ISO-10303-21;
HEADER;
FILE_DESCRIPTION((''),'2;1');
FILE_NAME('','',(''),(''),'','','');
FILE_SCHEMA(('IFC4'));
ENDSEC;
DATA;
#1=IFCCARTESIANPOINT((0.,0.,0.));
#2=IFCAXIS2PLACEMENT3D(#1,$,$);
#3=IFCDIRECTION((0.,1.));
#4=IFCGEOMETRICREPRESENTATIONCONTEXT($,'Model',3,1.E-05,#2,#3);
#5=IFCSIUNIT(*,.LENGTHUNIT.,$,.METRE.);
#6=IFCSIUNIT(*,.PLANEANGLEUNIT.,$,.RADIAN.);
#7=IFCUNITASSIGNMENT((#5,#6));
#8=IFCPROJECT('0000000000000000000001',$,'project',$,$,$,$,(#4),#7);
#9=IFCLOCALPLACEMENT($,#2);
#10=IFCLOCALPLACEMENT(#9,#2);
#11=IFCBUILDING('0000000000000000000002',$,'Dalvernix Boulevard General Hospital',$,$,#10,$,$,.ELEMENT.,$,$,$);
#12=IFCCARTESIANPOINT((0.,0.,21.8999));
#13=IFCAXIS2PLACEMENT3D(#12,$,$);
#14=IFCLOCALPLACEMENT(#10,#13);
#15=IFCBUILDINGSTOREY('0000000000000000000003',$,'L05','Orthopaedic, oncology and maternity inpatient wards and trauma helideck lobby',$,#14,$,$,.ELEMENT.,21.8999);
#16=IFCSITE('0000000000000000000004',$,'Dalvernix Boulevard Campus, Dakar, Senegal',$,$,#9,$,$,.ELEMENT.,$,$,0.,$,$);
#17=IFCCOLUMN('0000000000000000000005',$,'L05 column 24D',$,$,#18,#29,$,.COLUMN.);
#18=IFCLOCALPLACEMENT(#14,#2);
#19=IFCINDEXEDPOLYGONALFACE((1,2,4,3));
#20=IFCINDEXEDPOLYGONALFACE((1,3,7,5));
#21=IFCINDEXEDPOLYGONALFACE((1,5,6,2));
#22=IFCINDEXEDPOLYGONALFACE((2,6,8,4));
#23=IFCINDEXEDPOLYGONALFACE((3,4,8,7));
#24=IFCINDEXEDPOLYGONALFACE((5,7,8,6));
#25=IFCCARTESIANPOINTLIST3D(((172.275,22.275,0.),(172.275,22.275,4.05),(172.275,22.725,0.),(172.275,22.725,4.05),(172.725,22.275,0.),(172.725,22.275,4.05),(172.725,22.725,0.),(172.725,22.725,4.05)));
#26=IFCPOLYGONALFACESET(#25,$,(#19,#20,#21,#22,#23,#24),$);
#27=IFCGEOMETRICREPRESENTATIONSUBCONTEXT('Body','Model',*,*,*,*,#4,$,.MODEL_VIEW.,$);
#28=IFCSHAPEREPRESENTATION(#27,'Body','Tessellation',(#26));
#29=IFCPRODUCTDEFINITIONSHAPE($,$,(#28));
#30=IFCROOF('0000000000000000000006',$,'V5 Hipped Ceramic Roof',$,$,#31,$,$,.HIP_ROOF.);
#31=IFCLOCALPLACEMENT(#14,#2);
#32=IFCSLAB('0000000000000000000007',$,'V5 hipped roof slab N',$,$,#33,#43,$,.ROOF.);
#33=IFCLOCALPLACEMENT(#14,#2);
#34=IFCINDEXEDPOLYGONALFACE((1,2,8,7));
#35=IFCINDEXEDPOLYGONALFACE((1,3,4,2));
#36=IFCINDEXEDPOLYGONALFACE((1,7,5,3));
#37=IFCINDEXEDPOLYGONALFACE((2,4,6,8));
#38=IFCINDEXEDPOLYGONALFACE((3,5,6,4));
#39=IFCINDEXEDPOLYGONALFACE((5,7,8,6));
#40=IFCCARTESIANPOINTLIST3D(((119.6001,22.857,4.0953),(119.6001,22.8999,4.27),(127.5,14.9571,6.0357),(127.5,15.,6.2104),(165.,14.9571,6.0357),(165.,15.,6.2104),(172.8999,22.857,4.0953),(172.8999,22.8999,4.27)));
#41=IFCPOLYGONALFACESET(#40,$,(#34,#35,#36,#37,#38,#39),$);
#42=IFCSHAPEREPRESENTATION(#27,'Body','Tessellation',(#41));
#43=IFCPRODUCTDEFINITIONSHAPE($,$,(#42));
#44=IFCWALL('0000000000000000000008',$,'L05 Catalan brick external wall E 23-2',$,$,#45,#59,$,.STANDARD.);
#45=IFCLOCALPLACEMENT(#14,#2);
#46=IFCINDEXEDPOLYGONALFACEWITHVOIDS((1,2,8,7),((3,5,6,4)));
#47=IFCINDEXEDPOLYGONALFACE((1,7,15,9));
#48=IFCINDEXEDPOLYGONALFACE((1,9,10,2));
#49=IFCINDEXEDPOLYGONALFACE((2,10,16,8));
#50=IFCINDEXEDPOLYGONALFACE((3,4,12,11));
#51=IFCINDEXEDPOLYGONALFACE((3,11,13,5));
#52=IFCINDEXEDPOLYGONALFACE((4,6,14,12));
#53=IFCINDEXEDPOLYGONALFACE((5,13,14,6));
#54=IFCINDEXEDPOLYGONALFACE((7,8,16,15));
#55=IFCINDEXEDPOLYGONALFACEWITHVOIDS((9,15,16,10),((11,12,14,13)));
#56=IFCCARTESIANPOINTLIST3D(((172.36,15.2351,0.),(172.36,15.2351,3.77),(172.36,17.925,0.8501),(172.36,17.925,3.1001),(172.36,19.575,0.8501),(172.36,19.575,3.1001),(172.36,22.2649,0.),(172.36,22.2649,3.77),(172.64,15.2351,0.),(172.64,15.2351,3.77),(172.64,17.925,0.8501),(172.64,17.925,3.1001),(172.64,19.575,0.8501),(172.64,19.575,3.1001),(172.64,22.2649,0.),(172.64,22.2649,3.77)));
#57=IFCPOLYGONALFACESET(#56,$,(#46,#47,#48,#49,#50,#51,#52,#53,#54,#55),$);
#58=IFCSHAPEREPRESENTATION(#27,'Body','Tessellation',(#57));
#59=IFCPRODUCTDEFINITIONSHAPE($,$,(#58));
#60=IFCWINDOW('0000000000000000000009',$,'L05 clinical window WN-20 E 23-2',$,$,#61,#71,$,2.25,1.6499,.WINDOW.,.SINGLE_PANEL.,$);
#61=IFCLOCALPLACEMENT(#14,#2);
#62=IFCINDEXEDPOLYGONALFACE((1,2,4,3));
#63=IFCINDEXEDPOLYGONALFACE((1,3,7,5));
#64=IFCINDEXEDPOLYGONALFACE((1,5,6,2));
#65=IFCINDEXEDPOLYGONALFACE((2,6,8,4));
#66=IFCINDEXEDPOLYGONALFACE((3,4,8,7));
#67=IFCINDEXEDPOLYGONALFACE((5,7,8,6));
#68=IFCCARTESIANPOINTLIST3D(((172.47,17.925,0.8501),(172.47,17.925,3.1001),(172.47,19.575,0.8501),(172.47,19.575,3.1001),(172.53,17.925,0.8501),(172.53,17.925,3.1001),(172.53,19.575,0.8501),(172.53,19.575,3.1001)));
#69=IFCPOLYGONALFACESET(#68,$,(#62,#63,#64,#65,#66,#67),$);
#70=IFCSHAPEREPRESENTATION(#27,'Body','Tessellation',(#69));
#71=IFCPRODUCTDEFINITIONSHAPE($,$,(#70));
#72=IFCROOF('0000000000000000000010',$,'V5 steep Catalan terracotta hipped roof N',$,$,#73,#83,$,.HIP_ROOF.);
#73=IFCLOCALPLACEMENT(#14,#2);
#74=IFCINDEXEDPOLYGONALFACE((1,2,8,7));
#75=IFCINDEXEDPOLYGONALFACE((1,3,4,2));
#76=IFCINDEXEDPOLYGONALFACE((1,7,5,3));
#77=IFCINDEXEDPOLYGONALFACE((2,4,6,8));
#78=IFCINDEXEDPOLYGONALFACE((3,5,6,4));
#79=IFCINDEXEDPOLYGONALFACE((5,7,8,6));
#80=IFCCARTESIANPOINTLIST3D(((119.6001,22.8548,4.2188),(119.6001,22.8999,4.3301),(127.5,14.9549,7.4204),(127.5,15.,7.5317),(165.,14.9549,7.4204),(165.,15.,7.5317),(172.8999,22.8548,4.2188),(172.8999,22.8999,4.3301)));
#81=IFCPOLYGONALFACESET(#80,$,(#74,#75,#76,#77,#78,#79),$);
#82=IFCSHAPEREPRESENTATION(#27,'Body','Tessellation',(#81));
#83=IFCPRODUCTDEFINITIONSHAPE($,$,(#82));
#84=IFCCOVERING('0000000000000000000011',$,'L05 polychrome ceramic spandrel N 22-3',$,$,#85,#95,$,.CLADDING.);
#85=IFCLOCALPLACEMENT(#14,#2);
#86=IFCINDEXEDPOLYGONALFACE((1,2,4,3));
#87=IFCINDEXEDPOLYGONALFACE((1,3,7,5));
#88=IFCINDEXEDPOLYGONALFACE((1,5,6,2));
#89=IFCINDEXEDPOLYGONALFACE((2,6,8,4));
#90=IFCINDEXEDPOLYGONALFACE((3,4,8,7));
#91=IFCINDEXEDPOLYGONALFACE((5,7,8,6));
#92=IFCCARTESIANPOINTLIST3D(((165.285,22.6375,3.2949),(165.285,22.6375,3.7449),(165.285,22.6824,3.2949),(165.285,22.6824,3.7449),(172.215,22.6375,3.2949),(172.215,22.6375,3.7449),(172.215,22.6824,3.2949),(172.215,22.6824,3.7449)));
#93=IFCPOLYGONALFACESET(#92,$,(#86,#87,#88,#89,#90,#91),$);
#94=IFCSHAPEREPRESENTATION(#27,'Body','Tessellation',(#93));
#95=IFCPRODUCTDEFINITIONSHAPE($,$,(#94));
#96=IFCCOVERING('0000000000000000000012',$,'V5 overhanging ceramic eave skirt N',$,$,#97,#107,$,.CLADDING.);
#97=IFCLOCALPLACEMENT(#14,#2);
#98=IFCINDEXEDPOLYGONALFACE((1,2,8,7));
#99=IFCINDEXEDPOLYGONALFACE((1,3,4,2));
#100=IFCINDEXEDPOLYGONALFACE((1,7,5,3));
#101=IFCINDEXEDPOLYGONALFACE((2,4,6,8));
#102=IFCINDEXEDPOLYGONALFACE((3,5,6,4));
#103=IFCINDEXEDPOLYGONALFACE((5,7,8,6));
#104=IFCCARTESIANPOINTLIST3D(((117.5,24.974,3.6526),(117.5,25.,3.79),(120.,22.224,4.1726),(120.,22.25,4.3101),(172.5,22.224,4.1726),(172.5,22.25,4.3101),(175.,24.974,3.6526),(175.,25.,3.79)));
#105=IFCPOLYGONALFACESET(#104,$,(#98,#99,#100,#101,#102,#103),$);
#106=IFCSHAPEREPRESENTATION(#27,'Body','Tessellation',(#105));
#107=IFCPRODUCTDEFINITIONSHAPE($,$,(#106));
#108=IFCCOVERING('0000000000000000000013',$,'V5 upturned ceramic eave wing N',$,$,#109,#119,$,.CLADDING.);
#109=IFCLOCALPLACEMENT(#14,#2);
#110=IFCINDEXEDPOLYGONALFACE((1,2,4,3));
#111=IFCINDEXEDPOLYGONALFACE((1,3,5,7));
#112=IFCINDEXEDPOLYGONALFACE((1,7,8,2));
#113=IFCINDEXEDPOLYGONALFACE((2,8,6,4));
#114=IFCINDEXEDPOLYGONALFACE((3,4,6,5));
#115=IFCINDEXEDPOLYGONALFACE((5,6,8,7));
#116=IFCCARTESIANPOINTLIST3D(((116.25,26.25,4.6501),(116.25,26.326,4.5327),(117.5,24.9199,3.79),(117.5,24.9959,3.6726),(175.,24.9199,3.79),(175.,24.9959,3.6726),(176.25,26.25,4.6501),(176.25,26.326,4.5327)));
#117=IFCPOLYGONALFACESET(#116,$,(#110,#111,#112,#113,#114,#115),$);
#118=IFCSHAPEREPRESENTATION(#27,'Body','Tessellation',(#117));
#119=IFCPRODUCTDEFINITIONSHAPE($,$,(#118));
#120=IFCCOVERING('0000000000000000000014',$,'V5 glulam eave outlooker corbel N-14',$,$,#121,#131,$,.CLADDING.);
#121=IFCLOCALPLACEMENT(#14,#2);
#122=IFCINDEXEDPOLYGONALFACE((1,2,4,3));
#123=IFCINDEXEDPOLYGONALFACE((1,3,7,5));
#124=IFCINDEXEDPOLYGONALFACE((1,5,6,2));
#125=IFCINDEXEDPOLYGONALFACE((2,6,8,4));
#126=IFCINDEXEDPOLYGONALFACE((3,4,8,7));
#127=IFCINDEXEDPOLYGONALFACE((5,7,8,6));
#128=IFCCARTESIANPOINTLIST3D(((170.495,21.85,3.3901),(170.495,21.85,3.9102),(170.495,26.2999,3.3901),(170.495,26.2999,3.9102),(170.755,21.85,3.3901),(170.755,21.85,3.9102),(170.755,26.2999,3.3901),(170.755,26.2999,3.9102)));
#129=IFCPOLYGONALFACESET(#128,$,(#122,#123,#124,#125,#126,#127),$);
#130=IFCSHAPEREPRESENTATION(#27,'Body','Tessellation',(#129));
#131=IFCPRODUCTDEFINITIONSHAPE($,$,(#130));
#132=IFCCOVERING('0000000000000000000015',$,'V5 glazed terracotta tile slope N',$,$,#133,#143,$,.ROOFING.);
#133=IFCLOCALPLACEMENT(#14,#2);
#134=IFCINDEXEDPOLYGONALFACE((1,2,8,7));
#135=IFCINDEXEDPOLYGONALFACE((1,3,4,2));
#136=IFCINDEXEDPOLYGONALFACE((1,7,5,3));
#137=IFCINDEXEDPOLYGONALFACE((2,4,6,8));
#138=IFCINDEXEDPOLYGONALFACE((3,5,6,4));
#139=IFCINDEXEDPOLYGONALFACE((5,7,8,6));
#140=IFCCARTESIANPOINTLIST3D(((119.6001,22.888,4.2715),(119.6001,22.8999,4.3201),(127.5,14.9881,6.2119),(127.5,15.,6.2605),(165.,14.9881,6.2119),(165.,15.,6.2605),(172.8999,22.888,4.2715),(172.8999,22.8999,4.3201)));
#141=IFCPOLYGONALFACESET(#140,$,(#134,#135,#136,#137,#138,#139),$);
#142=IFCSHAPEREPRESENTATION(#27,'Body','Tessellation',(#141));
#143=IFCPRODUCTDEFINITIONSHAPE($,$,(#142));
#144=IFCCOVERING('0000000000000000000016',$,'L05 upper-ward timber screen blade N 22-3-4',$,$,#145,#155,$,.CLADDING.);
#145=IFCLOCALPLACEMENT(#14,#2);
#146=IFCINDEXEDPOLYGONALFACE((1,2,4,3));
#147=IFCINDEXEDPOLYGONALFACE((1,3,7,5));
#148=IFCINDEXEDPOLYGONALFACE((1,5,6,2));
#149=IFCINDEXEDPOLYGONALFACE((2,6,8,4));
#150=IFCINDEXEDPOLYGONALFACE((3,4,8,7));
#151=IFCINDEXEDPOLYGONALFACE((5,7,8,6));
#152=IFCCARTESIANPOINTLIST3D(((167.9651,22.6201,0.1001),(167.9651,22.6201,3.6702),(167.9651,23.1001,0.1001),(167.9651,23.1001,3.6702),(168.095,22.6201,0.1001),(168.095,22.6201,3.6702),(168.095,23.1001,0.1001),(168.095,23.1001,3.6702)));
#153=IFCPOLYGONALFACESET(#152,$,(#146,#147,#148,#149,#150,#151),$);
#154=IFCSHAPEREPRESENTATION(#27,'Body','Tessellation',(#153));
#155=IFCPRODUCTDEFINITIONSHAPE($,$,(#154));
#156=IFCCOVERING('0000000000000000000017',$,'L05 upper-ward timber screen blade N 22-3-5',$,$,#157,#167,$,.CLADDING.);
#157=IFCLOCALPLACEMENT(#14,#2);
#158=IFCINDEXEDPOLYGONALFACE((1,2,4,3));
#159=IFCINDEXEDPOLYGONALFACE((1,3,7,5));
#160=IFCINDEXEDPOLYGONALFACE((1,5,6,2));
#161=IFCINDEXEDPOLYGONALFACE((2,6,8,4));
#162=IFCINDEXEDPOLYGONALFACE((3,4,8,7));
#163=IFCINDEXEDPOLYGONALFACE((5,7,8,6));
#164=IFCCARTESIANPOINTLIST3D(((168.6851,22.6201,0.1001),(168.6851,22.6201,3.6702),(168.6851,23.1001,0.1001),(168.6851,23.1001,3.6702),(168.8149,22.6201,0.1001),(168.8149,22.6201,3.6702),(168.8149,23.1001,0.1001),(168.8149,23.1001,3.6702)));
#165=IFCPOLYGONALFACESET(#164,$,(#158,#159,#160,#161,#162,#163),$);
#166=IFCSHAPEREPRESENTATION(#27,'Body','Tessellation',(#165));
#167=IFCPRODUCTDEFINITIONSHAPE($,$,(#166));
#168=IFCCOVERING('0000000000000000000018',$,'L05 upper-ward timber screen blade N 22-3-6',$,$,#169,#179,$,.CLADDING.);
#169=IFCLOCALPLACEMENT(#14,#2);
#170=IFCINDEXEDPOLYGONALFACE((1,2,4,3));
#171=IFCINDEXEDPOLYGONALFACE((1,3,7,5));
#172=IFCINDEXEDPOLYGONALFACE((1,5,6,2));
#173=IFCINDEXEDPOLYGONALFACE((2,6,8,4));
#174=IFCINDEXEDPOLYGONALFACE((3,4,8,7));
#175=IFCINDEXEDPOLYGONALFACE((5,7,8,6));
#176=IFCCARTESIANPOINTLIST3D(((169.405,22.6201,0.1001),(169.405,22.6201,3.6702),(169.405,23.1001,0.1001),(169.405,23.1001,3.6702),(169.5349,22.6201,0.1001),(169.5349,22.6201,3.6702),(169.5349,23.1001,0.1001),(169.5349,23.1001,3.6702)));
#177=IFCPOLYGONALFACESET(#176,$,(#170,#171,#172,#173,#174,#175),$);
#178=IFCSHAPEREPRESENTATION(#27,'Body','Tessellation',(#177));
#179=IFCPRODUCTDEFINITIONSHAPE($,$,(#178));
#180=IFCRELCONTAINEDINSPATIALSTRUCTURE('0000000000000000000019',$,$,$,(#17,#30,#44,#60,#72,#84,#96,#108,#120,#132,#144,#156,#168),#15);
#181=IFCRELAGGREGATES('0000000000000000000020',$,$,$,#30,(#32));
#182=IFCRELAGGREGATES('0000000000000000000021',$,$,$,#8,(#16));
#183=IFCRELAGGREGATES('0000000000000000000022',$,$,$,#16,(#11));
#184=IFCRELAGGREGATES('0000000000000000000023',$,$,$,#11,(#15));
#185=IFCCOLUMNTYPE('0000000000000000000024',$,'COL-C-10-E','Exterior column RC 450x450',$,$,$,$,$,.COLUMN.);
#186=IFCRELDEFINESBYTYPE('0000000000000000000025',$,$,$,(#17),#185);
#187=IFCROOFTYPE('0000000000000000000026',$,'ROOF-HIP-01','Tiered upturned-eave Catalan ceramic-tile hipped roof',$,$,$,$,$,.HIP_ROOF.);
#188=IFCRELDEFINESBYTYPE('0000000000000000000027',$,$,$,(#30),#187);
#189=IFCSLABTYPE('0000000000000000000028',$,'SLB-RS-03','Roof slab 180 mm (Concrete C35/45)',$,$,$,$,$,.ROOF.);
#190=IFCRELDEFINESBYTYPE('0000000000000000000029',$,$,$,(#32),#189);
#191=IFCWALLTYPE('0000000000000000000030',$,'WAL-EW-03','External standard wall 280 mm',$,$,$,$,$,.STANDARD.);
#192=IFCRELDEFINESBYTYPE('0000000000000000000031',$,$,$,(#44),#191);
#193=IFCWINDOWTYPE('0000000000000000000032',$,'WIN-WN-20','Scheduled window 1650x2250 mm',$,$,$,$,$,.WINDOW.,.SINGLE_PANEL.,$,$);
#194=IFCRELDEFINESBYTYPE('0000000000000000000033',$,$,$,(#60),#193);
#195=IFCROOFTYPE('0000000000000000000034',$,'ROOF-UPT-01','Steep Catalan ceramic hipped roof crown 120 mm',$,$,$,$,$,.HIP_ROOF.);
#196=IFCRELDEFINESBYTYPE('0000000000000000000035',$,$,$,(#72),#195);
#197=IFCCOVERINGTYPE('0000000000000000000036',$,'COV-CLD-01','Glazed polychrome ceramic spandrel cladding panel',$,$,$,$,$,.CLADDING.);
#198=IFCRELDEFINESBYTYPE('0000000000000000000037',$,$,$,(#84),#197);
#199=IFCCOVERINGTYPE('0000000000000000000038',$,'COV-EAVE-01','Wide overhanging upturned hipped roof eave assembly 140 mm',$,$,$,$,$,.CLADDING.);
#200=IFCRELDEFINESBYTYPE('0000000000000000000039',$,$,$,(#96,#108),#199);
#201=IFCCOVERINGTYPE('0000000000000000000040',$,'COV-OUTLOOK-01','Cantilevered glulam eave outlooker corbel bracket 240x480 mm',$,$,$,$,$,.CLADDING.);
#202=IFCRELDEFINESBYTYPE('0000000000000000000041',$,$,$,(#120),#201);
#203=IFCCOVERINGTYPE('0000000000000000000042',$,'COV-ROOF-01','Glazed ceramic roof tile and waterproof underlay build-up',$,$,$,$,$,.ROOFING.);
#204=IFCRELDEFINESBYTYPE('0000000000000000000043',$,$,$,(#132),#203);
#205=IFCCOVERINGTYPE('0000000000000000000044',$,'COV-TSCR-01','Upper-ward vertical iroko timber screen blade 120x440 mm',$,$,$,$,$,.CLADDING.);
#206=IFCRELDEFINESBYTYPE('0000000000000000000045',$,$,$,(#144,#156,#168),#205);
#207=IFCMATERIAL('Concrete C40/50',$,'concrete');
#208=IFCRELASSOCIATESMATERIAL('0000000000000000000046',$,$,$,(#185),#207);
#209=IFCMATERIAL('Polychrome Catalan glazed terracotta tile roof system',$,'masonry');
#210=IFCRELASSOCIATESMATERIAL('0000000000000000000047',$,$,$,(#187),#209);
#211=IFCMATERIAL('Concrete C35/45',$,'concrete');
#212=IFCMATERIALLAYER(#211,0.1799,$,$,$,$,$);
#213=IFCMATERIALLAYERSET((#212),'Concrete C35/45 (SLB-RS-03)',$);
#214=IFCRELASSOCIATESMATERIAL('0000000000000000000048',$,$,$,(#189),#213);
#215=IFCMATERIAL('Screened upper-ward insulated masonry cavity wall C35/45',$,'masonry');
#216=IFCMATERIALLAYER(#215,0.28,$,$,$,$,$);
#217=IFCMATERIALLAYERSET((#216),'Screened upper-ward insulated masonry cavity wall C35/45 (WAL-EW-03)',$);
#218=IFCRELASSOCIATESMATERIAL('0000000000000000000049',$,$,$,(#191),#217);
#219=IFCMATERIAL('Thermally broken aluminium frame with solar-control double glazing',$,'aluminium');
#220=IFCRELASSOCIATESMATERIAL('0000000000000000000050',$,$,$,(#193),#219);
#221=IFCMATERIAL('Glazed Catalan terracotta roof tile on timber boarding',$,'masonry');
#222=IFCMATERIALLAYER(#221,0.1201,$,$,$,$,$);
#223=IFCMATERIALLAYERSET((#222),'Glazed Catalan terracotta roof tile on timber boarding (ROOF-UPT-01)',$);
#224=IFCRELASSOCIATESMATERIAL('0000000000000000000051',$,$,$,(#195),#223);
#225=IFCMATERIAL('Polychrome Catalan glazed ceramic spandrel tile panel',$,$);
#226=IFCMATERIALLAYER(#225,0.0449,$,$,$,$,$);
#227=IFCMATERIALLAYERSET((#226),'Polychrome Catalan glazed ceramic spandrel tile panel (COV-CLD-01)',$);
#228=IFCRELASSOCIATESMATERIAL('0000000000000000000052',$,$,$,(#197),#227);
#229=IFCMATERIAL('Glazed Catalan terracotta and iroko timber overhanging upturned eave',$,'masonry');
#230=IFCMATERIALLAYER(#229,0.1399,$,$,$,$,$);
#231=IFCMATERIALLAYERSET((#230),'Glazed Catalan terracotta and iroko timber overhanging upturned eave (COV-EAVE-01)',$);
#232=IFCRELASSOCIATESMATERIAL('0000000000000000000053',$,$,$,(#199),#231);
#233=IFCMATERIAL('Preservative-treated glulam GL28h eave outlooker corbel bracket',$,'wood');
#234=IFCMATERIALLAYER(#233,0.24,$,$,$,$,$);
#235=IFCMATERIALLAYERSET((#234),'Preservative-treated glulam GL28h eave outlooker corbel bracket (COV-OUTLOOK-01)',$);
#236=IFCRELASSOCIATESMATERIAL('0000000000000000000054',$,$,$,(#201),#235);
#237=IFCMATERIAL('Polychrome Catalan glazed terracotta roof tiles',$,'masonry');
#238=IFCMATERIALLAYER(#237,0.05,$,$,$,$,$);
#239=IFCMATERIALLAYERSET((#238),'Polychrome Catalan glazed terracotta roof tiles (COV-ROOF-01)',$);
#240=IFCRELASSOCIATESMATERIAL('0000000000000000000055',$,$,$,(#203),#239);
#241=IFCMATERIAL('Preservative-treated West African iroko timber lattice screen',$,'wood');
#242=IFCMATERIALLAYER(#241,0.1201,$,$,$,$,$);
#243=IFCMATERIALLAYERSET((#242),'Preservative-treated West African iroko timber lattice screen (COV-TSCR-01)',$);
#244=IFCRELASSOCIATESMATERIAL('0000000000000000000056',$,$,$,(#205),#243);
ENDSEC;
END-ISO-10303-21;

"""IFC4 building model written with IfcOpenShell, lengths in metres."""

from ifc_helpers import new_model, si_unit, direction, frame, frame_2d, origin, origin_2d, place, context, subcontext, project, spatial, polyline, rectangle, outline, extrude, material, layer, layer_set, material_profile, profile_set, type_object, element, fill, aggregate, save


model = new_model("IFC4")

# Units and contexts
model_context = context("Model", 3, precision=1e-05, world=origin(), true_north=direction((0.0, 1.0)))
body_context = subcontext(model_context, "Body", "Model", "MODEL_VIEW")
ifc_project = project(units=[si_unit("LENGTHUNIT", "METRE"), si_unit("PLANEANGLEUNIT", "RADIAN")], contexts=[model_context])

# Site, building, storey
site_placement = place(None, origin())
site = spatial("IfcSite", under=ifc_project, at=site_placement, Name="Dalvernix Boulevard Campus, Dakar, Senegal", CompositionType="ELEMENT", RefElevation=0.0)
building_placement = place(site_placement, origin())
building = spatial("IfcBuilding", under=site, at=building_placement, Name="Dalvernix Boulevard General Hospital", CompositionType="ELEMENT")
storey_placement = place(building_placement, frame((0.0, 0.0, 21.8999)))
storey = spatial("IfcBuildingStorey", under=building, at=storey_placement, Name="L05", Description="Orthopaedic, oncology and maternity inpatient wards and trauma helideck lobby", CompositionType="ELEMENT", Elevation=21.8999)

# Column
ifc_material_1 = material(Name="Concrete C40/50", Category="concrete")
ifc_material_profile = material_profile(ifc_material_1, rectangle(XDim=0.45, YDim=0.45, at=origin_2d()), Name="RC 450x450")
ifc_profile_set = profile_set([ifc_material_profile], Name="Concrete C40/50")
column_type = type_object("IfcColumnType", Name="COL-C-10-E", Description="Exterior column RC 450x450", PredefinedType="COLUMN", material=ifc_profile_set)
column_placement = place(storey_placement, frame((172.5, 22.5, 0.0), z_axis=(0.0, 0.0, 1.0), x_axis=(1.0, 0.0, 0.0)))
element("IfcColumn", 1, at=column_placement, inside=storey, type_object=column_type, Name="L05 column 24D", PredefinedType="COLUMN", context=body_context, shape_type="SweptSolid", body=[
    extrude(rectangle(XDim=0.45, YDim=0.45, at=origin_2d()), origin(), (0.0, 0.0, 1.0), 4.05),
])

# Roof, slab
ifc_material_2 = material(Name="Polychrome Catalan glazed terracotta tile roof system", Category="masonry")
roof_type_1 = type_object("IfcRoofType", Name="ROOF-HIP-01", Description="Tiered upturned-eave Catalan ceramic-tile hipped roof", PredefinedType="HIP_ROOF", material=ifc_material_2)
roof_1_placement = place(storey_placement, origin())
roof_1 = element("IfcRoof", 2, at=roof_1_placement, inside=storey, type_object=roof_type_1, Name="V5 Hipped Ceramic Roof", PredefinedType="HIP_ROOF")
ifc_material_3 = material(Name="Concrete C35/45", Category="concrete")
ifc_layer_1 = layer(ifc_material_3, 0.1799)
ifc_layer_set_1 = layer_set([ifc_layer_1], Name="Concrete C35/45 (SLB-RS-03)")
slab_type = type_object("IfcSlabType", Name="SLB-RS-03", Description="Roof slab 180 mm (Concrete C35/45)", PredefinedType="ROOF", material=ifc_layer_set_1)
slab_placement = place(storey_placement, frame((172.8999, 22.8999, 4.27), z_axis=(0.0, 0.238537, 0.971133), x_axis=(-1.0, 0.0, 0.0)))
slab = element("IfcSlab", 3, at=slab_placement, type_object=slab_type, Name="V5 hipped roof slab N", PredefinedType="ROOF", context=body_context, shape_type="SweptSolid", body=[
    extrude(outline(polyline([(0.0, 0.0), (53.2998, 0.0), (45.3999, 8.1347), (7.8999, 8.1347), (0.0, 0.0)])), origin(), (0.0, 0.0, -1.0), 0.1799),
])
aggregate(roof_1, [slab])

# Wall, opening, window
ifc_material_4 = material(Name="Screened upper-ward insulated masonry cavity wall C35/45", Category="masonry")
ifc_layer_2 = layer(ifc_material_4, 0.28)
ifc_layer_set_2 = layer_set([ifc_layer_2], Name="Screened upper-ward insulated masonry cavity wall C35/45 (WAL-EW-03)")
wall_type = type_object("IfcWallType", Name="WAL-EW-03", Description="External standard wall 280 mm", PredefinedType="STANDARD", material=ifc_layer_set_2)
wall_placement = place(storey_placement, frame((172.5, 22.2649, 0.0), z_axis=(0.0, 0.0, 1.0), x_axis=(0.0, -1.0, 0.0)))
wall = element("IfcWall", 4, at=wall_placement, inside=storey, type_object=wall_type, Name="L05 Catalan brick external wall E 23-2", PredefinedType="STANDARD", context=body_context, shape_type="SweptSolid", body=[
    extrude(rectangle(XDim=7.0298, YDim=0.28, at=frame_2d((3.5149, 0.0))), origin(), (0.0, 0.0, 1.0), 3.77),
])
opening_placement = place(wall_placement, frame((2.6899, 0.0, 0.8501)))
opening = element("IfcOpeningElement", 5, at=opening_placement, cuts=wall, PredefinedType="OPENING", context=body_context, shape_type="SweptSolid", body=[
    extrude(rectangle(XDim=1.6499, YDim=2.25, at=frame_2d((0.825, 1.125))), frame((0.0, 0.1499, 0.0), z_axis=(0.0, -1.0, 0.0), x_axis=(1.0, 0.0, 0.0)), (0.0, 0.0, 1.0), 0.3),
])
ifc_material_5 = material(Name="Thermally broken aluminium frame with solar-control double glazing", Category="aluminium")
window_type = type_object("IfcWindowType", Name="WIN-WN-20", Description="Scheduled window 1650x2250 mm", PartitioningType="SINGLE_PANEL", PredefinedType="WINDOW", material=ifc_material_5)
window_placement = place(opening_placement, origin())
window = element("IfcWindow", 6, at=window_placement, inside=storey, type_object=window_type, Name="L05 clinical window WN-20 E 23-2", OverallHeight=2.25, OverallWidth=1.6499, PartitioningType="SINGLE_PANEL", PredefinedType="WINDOW", context=body_context, shape_type="SweptSolid", body=[
    extrude(rectangle(XDim=1.6499, YDim=2.25, at=frame_2d((0.825, 1.125))), frame((0.0, 0.03, 0.0), z_axis=(0.0, -1.0, 0.0), x_axis=(1.0, 0.0, 0.0)), (0.0, 0.0, 1.0), 0.0601),
])
fill(opening, window)

# Roof
ifc_material_6 = material(Name="Glazed Catalan terracotta roof tile on timber boarding", Category="masonry")
ifc_layer_3 = layer(ifc_material_6, 0.1201)
ifc_layer_set_3 = layer_set([ifc_layer_3], Name="Glazed Catalan terracotta roof tile on timber boarding (ROOF-UPT-01)")
roof_type_2 = type_object("IfcRoofType", Name="ROOF-UPT-01", Description="Steep Catalan ceramic hipped roof crown 120 mm", PredefinedType="HIP_ROOF", material=ifc_layer_set_3)
roof_2_placement = place(storey_placement, frame((172.8999, 22.8999, 4.3301), z_axis=(0.0, 0.375604, 0.92678), x_axis=(-1.0, 0.0, 0.0)))
element("IfcRoof", 7, at=roof_2_placement, inside=storey, type_object=roof_type_2, Name="V5 steep Catalan terracotta hipped roof N", PredefinedType="HIP_ROOF", context=body_context, shape_type="SweptSolid", body=[
    extrude(outline(polyline([(0.0, 0.0), (53.2998, 0.0), (45.3999, 8.524), (7.8999, 8.524), (0.0, 0.0)])), origin(), (0.0, 0.0, -1.0), 0.1201),
])

# Coverings
ifc_material_7 = material(Name="Polychrome Catalan glazed ceramic spandrel tile panel")
ifc_layer_4 = layer(ifc_material_7, 0.0449)
ifc_layer_set_4 = layer_set([ifc_layer_4], Name="Polychrome Catalan glazed ceramic spandrel tile panel (COV-CLD-01)")
covering_type_1 = type_object("IfcCoveringType", Name="COV-CLD-01", Description="Glazed polychrome ceramic spandrel cladding panel", PredefinedType="CLADDING", material=ifc_layer_set_4)
covering_1_placement = place(storey_placement, frame((168.75, 22.6599, 3.2949), z_axis=(0.0, 0.0, 1.0), x_axis=(1.0, 0.0, 0.0)))
element("IfcCovering", 8, at=covering_1_placement, inside=storey, type_object=covering_type_1, Name="L05 polychrome ceramic spandrel N 22-3", PredefinedType="CLADDING", context=body_context, shape_type="SweptSolid", body=[
    extrude(rectangle(XDim=6.9299, YDim=0.0449, at=origin_2d()), origin(), (0.0, 0.0, 1.0), 0.45),
])
ifc_material_8 = material(Name="Glazed Catalan terracotta and iroko timber overhanging upturned eave", Category="masonry")
ifc_layer_5 = layer(ifc_material_8, 0.1399)
ifc_layer_set_5 = layer_set([ifc_layer_5], Name="Glazed Catalan terracotta and iroko timber overhanging upturned eave (COV-EAVE-01)")
covering_type_2 = type_object("IfcCoveringType", Name="COV-EAVE-01", Description="Wide overhanging upturned hipped roof eave assembly 140 mm", PredefinedType="CLADDING", material=ifc_layer_set_5)
covering_2_placement = place(storey_placement, frame((172.5, 22.25, 4.3101), z_axis=(0.0, 0.185805, 0.982587), x_axis=(-1.0, 0.0, 0.0)))
element("IfcCovering", 9, at=covering_2_placement, inside=storey, type_object=covering_type_2, Name="V5 overhanging ceramic eave skirt N", PredefinedType="CLADDING", context=body_context, shape_type="SweptSolid", body=[
    extrude(outline(polyline([(0.0, 0.0), (52.5, 0.0), (55.0, -2.7987), (-2.5, -2.7987), (0.0, 0.0)])), origin(), (0.0, 0.0, -1.0), 0.1399),
])
covering_3_placement = place(storey_placement, frame((175.0, 24.9199, 3.79), z_axis=(0.0, -0.543015, 0.839723), x_axis=(-1.0, 0.0, 0.0)))
element("IfcCovering", 10, at=covering_3_placement, inside=storey, type_object=covering_type_2, Name="V5 upturned ceramic eave wing N", PredefinedType="CLADDING", context=body_context, shape_type="SweptSolid", body=[
    extrude(outline(polyline([(0.0, 0.0), (57.5, 0.0), (58.75, -1.5839), (-1.25, -1.5839), (0.0, 0.0)])), origin(), (0.0, 0.0, -1.0), 0.1399),
])
ifc_material_9 = material(Name="Preservative-treated glulam GL28h eave outlooker corbel bracket", Category="wood")
ifc_layer_6 = layer(ifc_material_9, 0.24)
ifc_layer_set_6 = layer_set([ifc_layer_6], Name="Preservative-treated glulam GL28h eave outlooker corbel bracket (COV-OUTLOOK-01)")
covering_type_3 = type_object("IfcCoveringType", Name="COV-OUTLOOK-01", Description="Cantilevered glulam eave outlooker corbel bracket 240x480 mm", PredefinedType="CLADDING", material=ifc_layer_set_6)
covering_4_placement = place(storey_placement, frame((170.625, 24.075, 3.3901), z_axis=(0.0, 0.0, 1.0), x_axis=(1.0, 0.0, 0.0)))
element("IfcCovering", 11, at=covering_4_placement, inside=storey, type_object=covering_type_3, Name="V5 glulam eave outlooker corbel N-14", PredefinedType="CLADDING", context=body_context, shape_type="SweptSolid", body=[
    extrude(rectangle(XDim=0.26, YDim=4.45, at=origin_2d()), origin(), (0.0, 0.0, 1.0), 0.52),
])
ifc_material_10 = material(Name="Polychrome Catalan glazed terracotta roof tiles", Category="masonry")
ifc_layer_7 = layer(ifc_material_10, 0.05)
ifc_layer_set_7 = layer_set([ifc_layer_7], Name="Polychrome Catalan glazed terracotta roof tiles (COV-ROOF-01)")
covering_type_4 = type_object("IfcCoveringType", Name="COV-ROOF-01", Description="Glazed ceramic roof tile and waterproof underlay build-up", PredefinedType="ROOFING", material=ifc_layer_set_7)
covering_5_placement = place(storey_placement, frame((172.8999, 22.8999, 4.3201), z_axis=(0.0, 0.238537, 0.971133), x_axis=(-1.0, 0.0, 0.0)))
element("IfcCovering", 12, at=covering_5_placement, inside=storey, type_object=covering_type_4, Name="V5 glazed terracotta tile slope N", PredefinedType="ROOFING", context=body_context, shape_type="SweptSolid", body=[
    extrude(outline(polyline([(0.0, 0.0), (53.2998, 0.0), (45.3999, 8.1347), (7.8999, 8.1347), (0.0, 0.0)])), origin(), (0.0, 0.0, -1.0), 0.05),
])
ifc_material_11 = material(Name="Preservative-treated West African iroko timber lattice screen", Category="wood")
ifc_layer_8 = layer(ifc_material_11, 0.1201)
ifc_layer_set_8 = layer_set([ifc_layer_8], Name="Preservative-treated West African iroko timber lattice screen (COV-TSCR-01)")
covering_type_5 = type_object("IfcCoveringType", Name="COV-TSCR-01", Description="Upper-ward vertical iroko timber screen blade 120x440 mm", PredefinedType="CLADDING", material=ifc_layer_set_8)
for number, where, z_axis, x_axis, name in (
    (13, (168.03, 22.8601, 0.1001), (0.0, 0.0, 1.0), (1.0, 0.0, 0.0), "L05 upper-ward timber screen blade N 22-3-4"),
    (14, (168.75, 22.8601, 0.1001), (0.0, 0.0, 1.0), (1.0, 0.0, 0.0), "L05 upper-ward timber screen blade N 22-3-5"),
    (15, (169.47, 22.8601, 0.1001), (0.0, 0.0, 1.0), (1.0, 0.0, 0.0), "L05 upper-ward timber screen blade N 22-3-6"),
):
    element("IfcCovering", number, at=place(storey_placement, frame(where, z_axis=z_axis, x_axis=x_axis)), inside=storey, type_object=covering_type_5, Name=name, PredefinedType="CLADDING", context=body_context, shape_type="SweptSolid", body=[
        extrude(rectangle(XDim=0.1299, YDim=0.48, at=origin_2d()), origin(), (0.0, 0.0, 1.0), 3.5701),
    ])

save(model, "model.ifc")
